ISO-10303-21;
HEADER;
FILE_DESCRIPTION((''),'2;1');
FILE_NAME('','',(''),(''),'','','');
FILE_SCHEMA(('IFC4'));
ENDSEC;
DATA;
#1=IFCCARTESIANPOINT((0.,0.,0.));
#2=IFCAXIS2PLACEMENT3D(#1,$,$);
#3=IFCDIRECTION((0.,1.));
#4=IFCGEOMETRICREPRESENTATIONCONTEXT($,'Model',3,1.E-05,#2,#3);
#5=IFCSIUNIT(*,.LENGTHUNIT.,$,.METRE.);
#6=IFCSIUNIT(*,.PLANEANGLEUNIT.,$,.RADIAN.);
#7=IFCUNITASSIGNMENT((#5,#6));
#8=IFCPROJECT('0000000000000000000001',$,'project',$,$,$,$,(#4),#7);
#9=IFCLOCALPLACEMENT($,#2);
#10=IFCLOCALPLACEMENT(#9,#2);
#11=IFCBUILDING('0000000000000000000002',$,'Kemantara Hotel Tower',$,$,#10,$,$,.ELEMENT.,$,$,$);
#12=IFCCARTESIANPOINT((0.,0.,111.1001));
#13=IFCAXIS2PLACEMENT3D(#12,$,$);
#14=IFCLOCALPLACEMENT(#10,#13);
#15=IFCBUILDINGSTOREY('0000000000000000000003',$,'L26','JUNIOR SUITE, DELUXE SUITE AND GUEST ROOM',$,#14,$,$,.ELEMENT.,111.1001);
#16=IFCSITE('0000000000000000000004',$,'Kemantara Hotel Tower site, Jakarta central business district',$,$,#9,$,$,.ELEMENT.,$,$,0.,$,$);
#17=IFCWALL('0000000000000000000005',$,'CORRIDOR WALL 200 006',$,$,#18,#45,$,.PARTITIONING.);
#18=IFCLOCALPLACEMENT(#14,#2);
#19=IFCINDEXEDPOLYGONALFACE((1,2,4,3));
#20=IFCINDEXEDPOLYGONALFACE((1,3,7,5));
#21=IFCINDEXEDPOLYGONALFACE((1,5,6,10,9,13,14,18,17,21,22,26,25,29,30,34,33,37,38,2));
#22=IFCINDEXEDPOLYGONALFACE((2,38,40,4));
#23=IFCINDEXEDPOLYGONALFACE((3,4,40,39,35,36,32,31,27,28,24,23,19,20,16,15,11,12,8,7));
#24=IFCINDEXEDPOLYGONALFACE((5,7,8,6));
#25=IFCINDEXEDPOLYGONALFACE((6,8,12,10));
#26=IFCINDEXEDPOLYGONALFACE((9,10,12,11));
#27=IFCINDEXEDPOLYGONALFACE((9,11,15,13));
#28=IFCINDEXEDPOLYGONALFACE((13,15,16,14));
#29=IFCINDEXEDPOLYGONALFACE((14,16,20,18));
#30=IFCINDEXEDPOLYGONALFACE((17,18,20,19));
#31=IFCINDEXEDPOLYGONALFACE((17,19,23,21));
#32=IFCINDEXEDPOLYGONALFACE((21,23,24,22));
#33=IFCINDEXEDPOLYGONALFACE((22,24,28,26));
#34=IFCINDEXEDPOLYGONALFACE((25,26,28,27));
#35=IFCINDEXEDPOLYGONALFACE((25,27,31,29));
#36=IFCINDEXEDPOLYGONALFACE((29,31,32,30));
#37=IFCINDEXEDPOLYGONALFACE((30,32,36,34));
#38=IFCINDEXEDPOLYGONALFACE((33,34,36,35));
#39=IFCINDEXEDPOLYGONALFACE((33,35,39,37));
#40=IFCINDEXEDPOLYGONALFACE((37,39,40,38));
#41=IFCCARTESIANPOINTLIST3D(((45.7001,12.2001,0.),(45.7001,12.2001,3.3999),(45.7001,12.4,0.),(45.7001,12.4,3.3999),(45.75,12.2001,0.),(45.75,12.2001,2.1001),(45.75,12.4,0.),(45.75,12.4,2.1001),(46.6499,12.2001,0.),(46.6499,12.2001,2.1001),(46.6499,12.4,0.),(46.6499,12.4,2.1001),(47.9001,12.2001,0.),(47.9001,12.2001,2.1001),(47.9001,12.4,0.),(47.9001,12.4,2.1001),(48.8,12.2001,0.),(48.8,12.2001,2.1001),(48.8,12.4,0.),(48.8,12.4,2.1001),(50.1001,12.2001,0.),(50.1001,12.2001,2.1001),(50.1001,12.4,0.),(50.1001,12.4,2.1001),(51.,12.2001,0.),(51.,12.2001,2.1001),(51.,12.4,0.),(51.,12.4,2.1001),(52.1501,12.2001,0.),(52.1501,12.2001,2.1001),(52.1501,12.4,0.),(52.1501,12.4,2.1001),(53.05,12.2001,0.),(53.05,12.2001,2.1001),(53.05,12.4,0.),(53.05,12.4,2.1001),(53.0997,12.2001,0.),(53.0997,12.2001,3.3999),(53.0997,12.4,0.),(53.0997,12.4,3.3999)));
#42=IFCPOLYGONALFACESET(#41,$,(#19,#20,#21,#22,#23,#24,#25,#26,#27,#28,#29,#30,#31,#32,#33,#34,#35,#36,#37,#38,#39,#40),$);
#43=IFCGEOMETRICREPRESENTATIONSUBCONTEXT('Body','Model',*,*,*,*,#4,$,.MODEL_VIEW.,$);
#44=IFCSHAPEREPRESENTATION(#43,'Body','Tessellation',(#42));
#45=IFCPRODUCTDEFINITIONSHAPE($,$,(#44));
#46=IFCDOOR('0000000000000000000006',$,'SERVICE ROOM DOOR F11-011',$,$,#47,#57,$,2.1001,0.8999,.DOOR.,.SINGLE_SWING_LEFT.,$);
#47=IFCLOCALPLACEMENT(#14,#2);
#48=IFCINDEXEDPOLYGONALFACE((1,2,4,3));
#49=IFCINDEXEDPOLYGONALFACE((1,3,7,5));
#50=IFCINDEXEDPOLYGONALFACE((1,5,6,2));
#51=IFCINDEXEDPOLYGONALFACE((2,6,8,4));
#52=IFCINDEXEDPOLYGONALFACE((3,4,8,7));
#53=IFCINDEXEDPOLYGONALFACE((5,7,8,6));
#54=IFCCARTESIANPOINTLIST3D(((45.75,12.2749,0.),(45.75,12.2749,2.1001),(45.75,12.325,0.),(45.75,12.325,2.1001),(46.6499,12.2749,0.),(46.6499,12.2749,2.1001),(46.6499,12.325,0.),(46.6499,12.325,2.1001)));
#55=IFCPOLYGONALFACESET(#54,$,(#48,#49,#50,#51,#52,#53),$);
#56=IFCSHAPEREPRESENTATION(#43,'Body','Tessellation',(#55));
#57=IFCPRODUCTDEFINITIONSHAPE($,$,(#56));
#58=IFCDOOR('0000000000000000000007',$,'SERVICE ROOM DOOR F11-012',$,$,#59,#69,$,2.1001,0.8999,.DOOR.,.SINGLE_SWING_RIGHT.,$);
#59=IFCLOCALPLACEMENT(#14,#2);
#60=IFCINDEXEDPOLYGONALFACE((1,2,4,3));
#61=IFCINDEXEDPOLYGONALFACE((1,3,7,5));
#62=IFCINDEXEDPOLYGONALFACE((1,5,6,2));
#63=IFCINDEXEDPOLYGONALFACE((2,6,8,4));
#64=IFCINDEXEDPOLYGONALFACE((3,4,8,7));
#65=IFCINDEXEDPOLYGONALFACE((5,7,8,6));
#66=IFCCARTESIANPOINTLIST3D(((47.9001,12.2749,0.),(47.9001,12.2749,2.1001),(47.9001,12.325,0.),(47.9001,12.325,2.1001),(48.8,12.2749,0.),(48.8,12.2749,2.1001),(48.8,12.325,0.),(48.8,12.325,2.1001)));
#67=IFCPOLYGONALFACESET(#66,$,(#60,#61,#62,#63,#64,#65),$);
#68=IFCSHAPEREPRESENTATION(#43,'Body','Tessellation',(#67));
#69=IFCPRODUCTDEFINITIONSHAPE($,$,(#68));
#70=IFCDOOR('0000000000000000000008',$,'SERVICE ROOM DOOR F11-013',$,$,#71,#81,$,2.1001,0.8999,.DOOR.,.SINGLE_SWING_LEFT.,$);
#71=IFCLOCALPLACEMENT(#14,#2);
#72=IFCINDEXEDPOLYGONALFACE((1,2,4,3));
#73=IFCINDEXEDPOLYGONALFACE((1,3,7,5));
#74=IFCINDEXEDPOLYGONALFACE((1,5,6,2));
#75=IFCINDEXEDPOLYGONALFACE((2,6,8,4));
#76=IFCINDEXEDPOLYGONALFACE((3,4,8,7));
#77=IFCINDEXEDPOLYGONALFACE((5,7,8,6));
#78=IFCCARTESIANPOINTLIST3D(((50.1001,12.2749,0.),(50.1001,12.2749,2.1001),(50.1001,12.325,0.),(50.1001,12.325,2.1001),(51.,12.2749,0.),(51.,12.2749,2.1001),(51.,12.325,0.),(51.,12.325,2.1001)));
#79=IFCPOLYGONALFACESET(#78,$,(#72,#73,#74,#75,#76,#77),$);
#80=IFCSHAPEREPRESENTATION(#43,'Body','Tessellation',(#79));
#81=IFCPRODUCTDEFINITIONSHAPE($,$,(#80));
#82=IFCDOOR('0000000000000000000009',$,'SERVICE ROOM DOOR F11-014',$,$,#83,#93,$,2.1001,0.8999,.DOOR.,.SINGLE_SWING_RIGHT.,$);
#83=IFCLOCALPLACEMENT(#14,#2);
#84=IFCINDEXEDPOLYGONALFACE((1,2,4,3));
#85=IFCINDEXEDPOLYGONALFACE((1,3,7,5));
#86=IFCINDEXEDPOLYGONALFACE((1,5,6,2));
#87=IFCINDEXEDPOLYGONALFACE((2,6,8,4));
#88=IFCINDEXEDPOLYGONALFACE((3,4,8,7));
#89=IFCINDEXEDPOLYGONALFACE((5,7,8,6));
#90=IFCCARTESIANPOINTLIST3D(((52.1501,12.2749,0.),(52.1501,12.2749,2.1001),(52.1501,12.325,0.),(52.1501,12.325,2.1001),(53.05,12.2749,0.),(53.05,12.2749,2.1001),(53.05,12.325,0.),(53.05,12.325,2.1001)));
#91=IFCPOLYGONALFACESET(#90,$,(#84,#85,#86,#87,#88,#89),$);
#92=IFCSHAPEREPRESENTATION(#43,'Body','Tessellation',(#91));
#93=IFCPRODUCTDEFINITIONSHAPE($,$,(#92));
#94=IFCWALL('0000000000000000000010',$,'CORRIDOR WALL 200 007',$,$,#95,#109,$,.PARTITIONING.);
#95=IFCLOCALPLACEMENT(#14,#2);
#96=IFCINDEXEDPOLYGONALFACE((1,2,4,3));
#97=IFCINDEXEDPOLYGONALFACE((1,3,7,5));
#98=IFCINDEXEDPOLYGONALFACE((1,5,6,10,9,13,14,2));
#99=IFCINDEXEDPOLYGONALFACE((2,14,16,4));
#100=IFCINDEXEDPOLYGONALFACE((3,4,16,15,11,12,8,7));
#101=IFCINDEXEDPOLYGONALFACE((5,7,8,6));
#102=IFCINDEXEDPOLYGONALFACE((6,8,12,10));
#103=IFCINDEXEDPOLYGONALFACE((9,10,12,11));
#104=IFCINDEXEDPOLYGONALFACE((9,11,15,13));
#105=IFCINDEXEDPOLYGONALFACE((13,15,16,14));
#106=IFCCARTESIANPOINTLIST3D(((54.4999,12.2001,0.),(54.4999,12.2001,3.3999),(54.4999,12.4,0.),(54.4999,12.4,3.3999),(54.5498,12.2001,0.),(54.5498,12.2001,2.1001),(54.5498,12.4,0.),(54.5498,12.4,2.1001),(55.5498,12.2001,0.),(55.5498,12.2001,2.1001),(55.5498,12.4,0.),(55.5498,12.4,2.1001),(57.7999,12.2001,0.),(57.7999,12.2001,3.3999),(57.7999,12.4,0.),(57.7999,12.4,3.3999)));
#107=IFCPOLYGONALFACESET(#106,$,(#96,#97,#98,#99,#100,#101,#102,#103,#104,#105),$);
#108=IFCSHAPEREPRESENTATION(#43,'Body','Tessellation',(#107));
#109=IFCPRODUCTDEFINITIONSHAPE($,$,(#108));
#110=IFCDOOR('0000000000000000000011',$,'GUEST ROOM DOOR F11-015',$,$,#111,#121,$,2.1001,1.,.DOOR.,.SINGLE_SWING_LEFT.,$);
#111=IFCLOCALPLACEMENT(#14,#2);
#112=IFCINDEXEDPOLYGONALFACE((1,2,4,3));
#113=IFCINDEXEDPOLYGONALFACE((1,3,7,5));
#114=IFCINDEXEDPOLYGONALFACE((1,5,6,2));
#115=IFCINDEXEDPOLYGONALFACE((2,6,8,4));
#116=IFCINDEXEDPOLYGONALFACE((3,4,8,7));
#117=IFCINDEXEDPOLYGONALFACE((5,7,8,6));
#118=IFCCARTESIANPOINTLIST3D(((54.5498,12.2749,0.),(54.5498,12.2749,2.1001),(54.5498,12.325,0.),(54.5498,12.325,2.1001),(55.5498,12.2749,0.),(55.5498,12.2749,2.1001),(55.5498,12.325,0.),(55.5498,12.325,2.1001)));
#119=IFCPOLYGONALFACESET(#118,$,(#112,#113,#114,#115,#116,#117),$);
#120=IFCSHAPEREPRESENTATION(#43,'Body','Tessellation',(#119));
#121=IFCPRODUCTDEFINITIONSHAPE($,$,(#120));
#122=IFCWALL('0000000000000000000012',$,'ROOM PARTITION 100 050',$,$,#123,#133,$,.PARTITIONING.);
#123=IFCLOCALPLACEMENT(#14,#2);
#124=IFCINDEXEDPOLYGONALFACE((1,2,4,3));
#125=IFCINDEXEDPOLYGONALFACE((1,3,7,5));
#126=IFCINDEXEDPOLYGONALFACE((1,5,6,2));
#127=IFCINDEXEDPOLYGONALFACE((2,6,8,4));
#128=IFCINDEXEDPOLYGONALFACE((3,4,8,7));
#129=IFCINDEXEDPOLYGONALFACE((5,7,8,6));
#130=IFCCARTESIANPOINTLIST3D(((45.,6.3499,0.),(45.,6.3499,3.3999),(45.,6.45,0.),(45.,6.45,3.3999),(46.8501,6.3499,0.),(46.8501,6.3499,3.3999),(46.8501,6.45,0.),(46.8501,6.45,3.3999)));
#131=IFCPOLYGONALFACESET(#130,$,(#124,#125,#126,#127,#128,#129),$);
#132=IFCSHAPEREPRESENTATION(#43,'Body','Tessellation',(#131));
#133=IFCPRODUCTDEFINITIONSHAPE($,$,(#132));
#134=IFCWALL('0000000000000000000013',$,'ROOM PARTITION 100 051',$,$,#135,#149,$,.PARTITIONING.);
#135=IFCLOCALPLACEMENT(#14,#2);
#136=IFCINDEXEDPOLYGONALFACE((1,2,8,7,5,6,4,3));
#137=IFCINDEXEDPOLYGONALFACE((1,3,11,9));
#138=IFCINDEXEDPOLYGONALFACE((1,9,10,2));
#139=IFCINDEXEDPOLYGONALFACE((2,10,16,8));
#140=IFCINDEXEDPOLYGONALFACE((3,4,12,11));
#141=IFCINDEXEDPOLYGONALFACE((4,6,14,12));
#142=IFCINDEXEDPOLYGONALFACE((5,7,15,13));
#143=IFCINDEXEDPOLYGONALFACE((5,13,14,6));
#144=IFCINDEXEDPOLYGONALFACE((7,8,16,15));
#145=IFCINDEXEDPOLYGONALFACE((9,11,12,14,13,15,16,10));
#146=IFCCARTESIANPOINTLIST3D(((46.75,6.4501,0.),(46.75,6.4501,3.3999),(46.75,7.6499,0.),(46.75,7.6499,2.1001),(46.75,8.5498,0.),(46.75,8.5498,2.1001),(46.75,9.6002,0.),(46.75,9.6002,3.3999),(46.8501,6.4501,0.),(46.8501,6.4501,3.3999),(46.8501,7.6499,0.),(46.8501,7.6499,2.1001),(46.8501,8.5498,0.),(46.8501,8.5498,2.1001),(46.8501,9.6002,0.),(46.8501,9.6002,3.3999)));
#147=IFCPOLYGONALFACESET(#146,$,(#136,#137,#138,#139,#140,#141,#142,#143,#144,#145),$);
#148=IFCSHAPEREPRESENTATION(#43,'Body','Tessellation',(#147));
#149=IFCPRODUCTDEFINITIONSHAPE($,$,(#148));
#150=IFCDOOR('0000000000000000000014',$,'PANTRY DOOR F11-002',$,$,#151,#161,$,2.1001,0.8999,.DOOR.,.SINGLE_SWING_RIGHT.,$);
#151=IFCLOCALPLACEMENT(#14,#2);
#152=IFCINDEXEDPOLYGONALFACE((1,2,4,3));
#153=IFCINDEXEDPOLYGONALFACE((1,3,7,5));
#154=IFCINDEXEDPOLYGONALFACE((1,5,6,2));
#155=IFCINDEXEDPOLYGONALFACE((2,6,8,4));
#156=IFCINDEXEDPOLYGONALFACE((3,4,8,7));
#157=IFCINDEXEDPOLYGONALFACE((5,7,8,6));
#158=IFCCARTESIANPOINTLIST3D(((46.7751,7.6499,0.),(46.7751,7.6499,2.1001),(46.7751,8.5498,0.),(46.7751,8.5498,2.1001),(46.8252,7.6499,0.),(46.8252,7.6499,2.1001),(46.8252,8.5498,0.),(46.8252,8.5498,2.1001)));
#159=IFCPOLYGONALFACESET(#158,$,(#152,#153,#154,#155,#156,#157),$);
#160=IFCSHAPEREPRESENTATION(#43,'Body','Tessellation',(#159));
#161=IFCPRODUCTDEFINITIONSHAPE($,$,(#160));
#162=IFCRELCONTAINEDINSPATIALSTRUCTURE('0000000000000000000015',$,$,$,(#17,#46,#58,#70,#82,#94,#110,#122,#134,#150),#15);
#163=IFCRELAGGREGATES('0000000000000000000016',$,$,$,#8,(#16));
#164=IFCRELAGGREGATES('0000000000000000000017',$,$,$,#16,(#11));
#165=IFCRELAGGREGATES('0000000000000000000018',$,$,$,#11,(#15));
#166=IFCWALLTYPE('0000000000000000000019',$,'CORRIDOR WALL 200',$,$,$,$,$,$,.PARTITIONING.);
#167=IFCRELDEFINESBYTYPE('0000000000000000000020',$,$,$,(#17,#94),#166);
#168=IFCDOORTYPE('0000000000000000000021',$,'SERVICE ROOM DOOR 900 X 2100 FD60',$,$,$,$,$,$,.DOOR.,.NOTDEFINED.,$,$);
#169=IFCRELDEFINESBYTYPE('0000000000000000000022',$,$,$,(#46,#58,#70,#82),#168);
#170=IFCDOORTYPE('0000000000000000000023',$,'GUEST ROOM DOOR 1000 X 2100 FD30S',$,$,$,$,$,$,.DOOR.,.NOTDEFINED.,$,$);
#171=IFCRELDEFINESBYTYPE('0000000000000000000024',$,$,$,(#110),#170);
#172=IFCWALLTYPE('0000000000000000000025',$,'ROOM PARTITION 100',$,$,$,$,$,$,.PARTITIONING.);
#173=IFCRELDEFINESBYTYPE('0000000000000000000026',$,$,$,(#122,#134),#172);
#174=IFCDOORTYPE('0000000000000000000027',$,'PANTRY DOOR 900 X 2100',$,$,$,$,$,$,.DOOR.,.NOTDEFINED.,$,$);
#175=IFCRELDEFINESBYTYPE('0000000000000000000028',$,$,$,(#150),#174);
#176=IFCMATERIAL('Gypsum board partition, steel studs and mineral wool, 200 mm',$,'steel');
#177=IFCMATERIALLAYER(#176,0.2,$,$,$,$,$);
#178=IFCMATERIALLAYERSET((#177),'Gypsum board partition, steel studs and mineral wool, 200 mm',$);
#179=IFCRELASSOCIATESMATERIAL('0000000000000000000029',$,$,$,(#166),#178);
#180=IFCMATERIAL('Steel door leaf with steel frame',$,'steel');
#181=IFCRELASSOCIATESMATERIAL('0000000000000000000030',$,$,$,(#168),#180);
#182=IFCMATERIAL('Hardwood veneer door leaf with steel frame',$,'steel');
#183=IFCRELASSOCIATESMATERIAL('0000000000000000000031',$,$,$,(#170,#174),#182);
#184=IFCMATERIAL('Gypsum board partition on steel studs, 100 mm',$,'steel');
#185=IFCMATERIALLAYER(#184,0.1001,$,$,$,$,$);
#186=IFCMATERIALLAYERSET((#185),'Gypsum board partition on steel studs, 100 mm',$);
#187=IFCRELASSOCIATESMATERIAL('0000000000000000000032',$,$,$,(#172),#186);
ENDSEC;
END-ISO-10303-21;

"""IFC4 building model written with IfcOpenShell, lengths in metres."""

from ifc_helpers import new_model, si_unit, direction, frame, frame_2d, origin, place, context, subcontext, project, spatial, rectangle, extrude, material, layer, layer_set, type_object, element, fill, save


model = new_model("IFC4")

# Units and contexts
model_context = context("Model", 3, precision=1e-05, world=origin(), true_north=direction((0.0, 1.0)))
body_context = subcontext(model_context, "Body", "Model", "MODEL_VIEW")
ifc_project = project(units=[si_unit("LENGTHUNIT", "METRE"), si_unit("PLANEANGLEUNIT", "RADIAN")], contexts=[model_context])

# Site, building, storey
site_placement = place(None, origin())
site = spatial("IfcSite", under=ifc_project, at=site_placement, Name="Kemantara Hotel Tower site, Jakarta central business district", CompositionType="ELEMENT", RefElevation=0.0)
building_placement = place(site_placement, origin())
building = spatial("IfcBuilding", under=site, at=building_placement, Name="Kemantara Hotel Tower", CompositionType="ELEMENT")
storey_placement = place(building_placement, frame((0.0, 0.0, 111.1001)))
storey = spatial("IfcBuildingStorey", under=building, at=storey_placement, Name="L26", Description="JUNIOR SUITE, DELUXE SUITE AND GUEST ROOM", CompositionType="ELEMENT", Elevation=111.1001)

# Shared definitions
ifc_material_1 = material(Name="Gypsum board partition, steel studs and mineral wool, 200 mm", Category="steel")
ifc_layer_1 = layer(ifc_material_1, 0.2)
ifc_layer_set_1 = layer_set([ifc_layer_1], Name="Gypsum board partition, steel studs and mineral wool, 200 mm")
wall_type_1 = type_object("IfcWallType", Name="CORRIDOR WALL 200", PredefinedType="PARTITIONING", material=ifc_layer_set_1)

# Wall, openings, doors
wall_1_placement = place(storey_placement, frame((45.7002, 12.3, 0.0), z_axis=(0.0, 0.0, 1.0), x_axis=(1.0, 0.0, 0.0)))
wall_1 = element("IfcWall", 1, at=wall_1_placement, inside=storey, type_object=wall_type_1, Name="CORRIDOR WALL 200 006", PredefinedType="PARTITIONING", context=body_context, shape_type="SweptSolid", body=[
    extrude(rectangle(XDim=7.3997, YDim=0.2, at=frame_2d((3.6997, 0.0))), origin(), (0.0, 0.0, 1.0), 3.3999),
])
opening_1_placement = place(wall_1_placement, frame((0.0498, 0.0, 0.0)))
opening_1 = element("IfcOpeningElement", 2, at=opening_1_placement, cuts=wall_1, PredefinedType="OPENING", context=body_context, shape_type="SweptSolid", body=[
    extrude(rectangle(XDim=0.8999, YDim=2.1001, at=frame_2d((0.45, 1.05))), frame((0.0, 0.1099, 0.0), z_axis=(0.0, -1.0, 0.0), x_axis=(1.0, 0.0, 0.0)), (0.0, 0.0, 1.0), 0.22),
])
opening_2_placement = place(wall_1_placement, frame((2.2, 0.0, 0.0)))
opening_2 = element("IfcOpeningElement", 3, at=opening_2_placement, cuts=wall_1, PredefinedType="OPENING", context=body_context, shape_type="SweptSolid", body=[
    extrude(rectangle(XDim=0.8999, YDim=2.1001, at=frame_2d((0.45, 1.05))), frame((0.0, 0.1099, 0.0), z_axis=(0.0, -1.0, 0.0), x_axis=(1.0, 0.0, 0.0)), (0.0, 0.0, 1.0), 0.22),
])
opening_3_placement = place(wall_1_placement, frame((4.3999, 0.0, 0.0)))
opening_3 = element("IfcOpeningElement", 4, at=opening_3_placement, cuts=wall_1, PredefinedType="OPENING", context=body_context, shape_type="SweptSolid", body=[
    extrude(rectangle(XDim=0.8999, YDim=2.1001, at=frame_2d((0.45, 1.05))), frame((0.0, 0.1099, 0.0), z_axis=(0.0, -1.0, 0.0), x_axis=(1.0, 0.0, 0.0)), (0.0, 0.0, 1.0), 0.22),
])
opening_4_placement = place(wall_1_placement, frame((6.45, 0.0, 0.0)))
opening_4 = element("IfcOpeningElement", 5, at=opening_4_placement, cuts=wall_1, PredefinedType="OPENING", context=body_context, shape_type="SweptSolid", body=[
    extrude(rectangle(XDim=0.8999, YDim=2.1001, at=frame_2d((0.45, 1.05))), frame((0.0, 0.1099, 0.0), z_axis=(0.0, -1.0, 0.0), x_axis=(1.0, 0.0, 0.0)), (0.0, 0.0, 1.0), 0.22),
])
ifc_material_2 = material(Name="Steel door leaf with steel frame", Category="steel")
door_type_1 = type_object("IfcDoorType", Name="SERVICE ROOM DOOR 900 X 2100 FD60", OperationType="NOTDEFINED", PredefinedType="DOOR", material=ifc_material_2)
door_1_placement = place(opening_1_placement, origin())
door_1 = element("IfcDoor", 6, at=door_1_placement, inside=storey, type_object=door_type_1, Name="SERVICE ROOM DOOR F11-011", OperationType="SINGLE_SWING_LEFT", OverallHeight=2.1001, OverallWidth=0.8999, PredefinedType="DOOR", context=body_context, shape_type="SweptSolid", body=[
    extrude(rectangle(XDim=0.8999, YDim=2.1001, at=frame_2d((0.45, 1.05))), frame((0.0, 0.0249, 0.0), z_axis=(0.0, -1.0, 0.0), x_axis=(1.0, 0.0, 0.0)), (0.0, 0.0, 1.0), 0.05),
])
fill(opening_1, door_1)
door_2_placement = place(opening_2_placement, origin())
door_2 = element("IfcDoor", 7, at=door_2_placement, inside=storey, type_object=door_type_1, Name="SERVICE ROOM DOOR F11-012", OperationType="SINGLE_SWING_RIGHT", OverallHeight=2.1001, OverallWidth=0.8999, PredefinedType="DOOR", context=body_context, shape_type="SweptSolid", body=[
    extrude(rectangle(XDim=0.8999, YDim=2.1001, at=frame_2d((0.45, 1.05))), frame((0.0, 0.0249, 0.0), z_axis=(0.0, -1.0, 0.0), x_axis=(1.0, 0.0, 0.0)), (0.0, 0.0, 1.0), 0.05),
])
fill(opening_2, door_2)
door_3_placement = place(opening_3_placement, origin())
door_3 = element("IfcDoor", 8, at=door_3_placement, inside=storey, type_object=door_type_1, Name="SERVICE ROOM DOOR F11-013", OperationType="SINGLE_SWING_LEFT", OverallHeight=2.1001, OverallWidth=0.8999, PredefinedType="DOOR", context=body_context, shape_type="SweptSolid", body=[
    extrude(rectangle(XDim=0.8999, YDim=2.1001, at=frame_2d((0.45, 1.05))), frame((0.0, 0.0249, 0.0), z_axis=(0.0, -1.0, 0.0), x_axis=(1.0, 0.0, 0.0)), (0.0, 0.0, 1.0), 0.05),
])
fill(opening_3, door_3)
door_4_placement = place(opening_4_placement, origin())
door_4 = element("IfcDoor", 9, at=door_4_placement, inside=storey, type_object=door_type_1, Name="SERVICE ROOM DOOR F11-014", OperationType="SINGLE_SWING_RIGHT", OverallHeight=2.1001, OverallWidth=0.8999, PredefinedType="DOOR", context=body_context, shape_type="SweptSolid", body=[
    extrude(rectangle(XDim=0.8999, YDim=2.1001, at=frame_2d((0.45, 1.05))), frame((0.0, 0.0249, 0.0), z_axis=(0.0, -1.0, 0.0), x_axis=(1.0, 0.0, 0.0)), (0.0, 0.0, 1.0), 0.05),
])
fill(opening_4, door_4)

# Wall, opening, door
wall_2_placement = place(storey_placement, frame((54.5, 12.3, 0.0), z_axis=(0.0, 0.0, 1.0), x_axis=(1.0, 0.0, 0.0)))
wall_2 = element("IfcWall", 10, at=wall_2_placement, inside=storey, type_object=wall_type_1, Name="CORRIDOR WALL 200 007", PredefinedType="PARTITIONING", context=body_context, shape_type="SweptSolid", body=[
    extrude(rectangle(XDim=3.3, YDim=0.2, at=frame_2d((1.6499, 0.0))), origin(), (0.0, 0.0, 1.0), 3.3999),
])
opening_5_placement = place(wall_2_placement, frame((0.0498, 0.0, 0.0)))
opening_5 = element("IfcOpeningElement", 11, at=opening_5_placement, cuts=wall_2, PredefinedType="OPENING", context=body_context, shape_type="SweptSolid", body=[
    extrude(rectangle(XDim=1.0, YDim=2.1001, at=frame_2d((0.5, 1.05))), frame((0.0, 0.1099, 0.0), z_axis=(0.0, -1.0, 0.0), x_axis=(1.0, 0.0, 0.0)), (0.0, 0.0, 1.0), 0.22),
])
ifc_material_3 = material(Name="Hardwood veneer door leaf with steel frame", Category="steel")
door_type_2 = type_object("IfcDoorType", Name="GUEST ROOM DOOR 1000 X 2100 FD30S", OperationType="NOTDEFINED", PredefinedType="DOOR", material=ifc_material_3)
door_5_placement = place(opening_5_placement, origin())
door_5 = element("IfcDoor", 12, at=door_5_placement, inside=storey, type_object=door_type_2, Name="GUEST ROOM DOOR F11-015", OperationType="SINGLE_SWING_LEFT", OverallHeight=2.1001, OverallWidth=1.0, PredefinedType="DOOR", context=body_context, shape_type="SweptSolid", body=[
    extrude(rectangle(XDim=1.0, YDim=2.1001, at=frame_2d((0.5, 1.05))), frame((0.0, 0.0249, 0.0), z_axis=(0.0, -1.0, 0.0), x_axis=(1.0, 0.0, 0.0)), (0.0, 0.0, 1.0), 0.05),
])
fill(opening_5, door_5)

# Wall
ifc_material_4 = material(Name="Gypsum board partition on steel studs, 100 mm", Category="steel")
ifc_layer_2 = layer(ifc_material_4, 0.1001)
ifc_layer_set_2 = layer_set([ifc_layer_2], Name="Gypsum board partition on steel studs, 100 mm")
wall_type_2 = type_object("IfcWallType", Name="ROOM PARTITION 100", PredefinedType="PARTITIONING", material=ifc_layer_set_2)
wall_3_placement = place(storey_placement, frame((45.0, 6.3999, 0.0), z_axis=(0.0, 0.0, 1.0), x_axis=(1.0, 0.0, 0.0)))
element("IfcWall", 13, at=wall_3_placement, inside=storey, type_object=wall_type_2, Name="ROOM PARTITION 100 050", PredefinedType="PARTITIONING", context=body_context, shape_type="SweptSolid", body=[
    extrude(rectangle(XDim=1.8501, YDim=0.1001, at=frame_2d((0.925, 0.0))), origin(), (0.0, 0.0, 1.0), 3.3999),
])

# Wall, opening, door
wall_4_placement = place(storey_placement, frame((46.8, 6.45, 0.0), z_axis=(0.0, 0.0, 1.0), x_axis=(0.0, 1.0, 0.0)))
wall_4 = element("IfcWall", 14, at=wall_4_placement, inside=storey, type_object=wall_type_2, Name="ROOM PARTITION 100 051", PredefinedType="PARTITIONING", context=body_context, shape_type="SweptSolid", body=[
    extrude(rectangle(XDim=3.1501, YDim=0.1001, at=frame_2d((1.5752, 0.0))), origin(), (0.0, 0.0, 1.0), 3.3999),
])
opening_6_placement = place(wall_4_placement, frame((1.2, 0.0, 0.0)))
opening_6 = element("IfcOpeningElement", 15, at=opening_6_placement, cuts=wall_4, PredefinedType="OPENING", context=body_context, shape_type="SweptSolid", body=[
    extrude(rectangle(XDim=0.8999, YDim=2.1001, at=frame_2d((0.45, 1.05))), frame((0.0, 0.0601, 0.0), z_axis=(0.0, -1.0, 0.0), x_axis=(1.0, 0.0, 0.0)), (0.0, 0.0, 1.0), 0.1201),
])
door_type_3 = type_object("IfcDoorType", Name="PANTRY DOOR 900 X 2100", OperationType="NOTDEFINED", PredefinedType="DOOR", material=ifc_material_3)
door_6_placement = place(opening_6_placement, origin())
door_6 = element("IfcDoor", 16, at=door_6_placement, inside=storey, type_object=door_type_3, Name="PANTRY DOOR F11-002", OperationType="SINGLE_SWING_RIGHT", OverallHeight=2.1001, OverallWidth=0.8999, PredefinedType="DOOR", context=body_context, shape_type="SweptSolid", body=[
    extrude(rectangle(XDim=0.8999, YDim=2.1001, at=frame_2d((0.45, 1.05))), frame((0.0, 0.0249, 0.0), z_axis=(0.0, -1.0, 0.0), x_axis=(1.0, 0.0, 0.0)), (0.0, 0.0, 1.0), 0.05),
])
fill(opening_6, door_6)

save(model, "model.ifc")
